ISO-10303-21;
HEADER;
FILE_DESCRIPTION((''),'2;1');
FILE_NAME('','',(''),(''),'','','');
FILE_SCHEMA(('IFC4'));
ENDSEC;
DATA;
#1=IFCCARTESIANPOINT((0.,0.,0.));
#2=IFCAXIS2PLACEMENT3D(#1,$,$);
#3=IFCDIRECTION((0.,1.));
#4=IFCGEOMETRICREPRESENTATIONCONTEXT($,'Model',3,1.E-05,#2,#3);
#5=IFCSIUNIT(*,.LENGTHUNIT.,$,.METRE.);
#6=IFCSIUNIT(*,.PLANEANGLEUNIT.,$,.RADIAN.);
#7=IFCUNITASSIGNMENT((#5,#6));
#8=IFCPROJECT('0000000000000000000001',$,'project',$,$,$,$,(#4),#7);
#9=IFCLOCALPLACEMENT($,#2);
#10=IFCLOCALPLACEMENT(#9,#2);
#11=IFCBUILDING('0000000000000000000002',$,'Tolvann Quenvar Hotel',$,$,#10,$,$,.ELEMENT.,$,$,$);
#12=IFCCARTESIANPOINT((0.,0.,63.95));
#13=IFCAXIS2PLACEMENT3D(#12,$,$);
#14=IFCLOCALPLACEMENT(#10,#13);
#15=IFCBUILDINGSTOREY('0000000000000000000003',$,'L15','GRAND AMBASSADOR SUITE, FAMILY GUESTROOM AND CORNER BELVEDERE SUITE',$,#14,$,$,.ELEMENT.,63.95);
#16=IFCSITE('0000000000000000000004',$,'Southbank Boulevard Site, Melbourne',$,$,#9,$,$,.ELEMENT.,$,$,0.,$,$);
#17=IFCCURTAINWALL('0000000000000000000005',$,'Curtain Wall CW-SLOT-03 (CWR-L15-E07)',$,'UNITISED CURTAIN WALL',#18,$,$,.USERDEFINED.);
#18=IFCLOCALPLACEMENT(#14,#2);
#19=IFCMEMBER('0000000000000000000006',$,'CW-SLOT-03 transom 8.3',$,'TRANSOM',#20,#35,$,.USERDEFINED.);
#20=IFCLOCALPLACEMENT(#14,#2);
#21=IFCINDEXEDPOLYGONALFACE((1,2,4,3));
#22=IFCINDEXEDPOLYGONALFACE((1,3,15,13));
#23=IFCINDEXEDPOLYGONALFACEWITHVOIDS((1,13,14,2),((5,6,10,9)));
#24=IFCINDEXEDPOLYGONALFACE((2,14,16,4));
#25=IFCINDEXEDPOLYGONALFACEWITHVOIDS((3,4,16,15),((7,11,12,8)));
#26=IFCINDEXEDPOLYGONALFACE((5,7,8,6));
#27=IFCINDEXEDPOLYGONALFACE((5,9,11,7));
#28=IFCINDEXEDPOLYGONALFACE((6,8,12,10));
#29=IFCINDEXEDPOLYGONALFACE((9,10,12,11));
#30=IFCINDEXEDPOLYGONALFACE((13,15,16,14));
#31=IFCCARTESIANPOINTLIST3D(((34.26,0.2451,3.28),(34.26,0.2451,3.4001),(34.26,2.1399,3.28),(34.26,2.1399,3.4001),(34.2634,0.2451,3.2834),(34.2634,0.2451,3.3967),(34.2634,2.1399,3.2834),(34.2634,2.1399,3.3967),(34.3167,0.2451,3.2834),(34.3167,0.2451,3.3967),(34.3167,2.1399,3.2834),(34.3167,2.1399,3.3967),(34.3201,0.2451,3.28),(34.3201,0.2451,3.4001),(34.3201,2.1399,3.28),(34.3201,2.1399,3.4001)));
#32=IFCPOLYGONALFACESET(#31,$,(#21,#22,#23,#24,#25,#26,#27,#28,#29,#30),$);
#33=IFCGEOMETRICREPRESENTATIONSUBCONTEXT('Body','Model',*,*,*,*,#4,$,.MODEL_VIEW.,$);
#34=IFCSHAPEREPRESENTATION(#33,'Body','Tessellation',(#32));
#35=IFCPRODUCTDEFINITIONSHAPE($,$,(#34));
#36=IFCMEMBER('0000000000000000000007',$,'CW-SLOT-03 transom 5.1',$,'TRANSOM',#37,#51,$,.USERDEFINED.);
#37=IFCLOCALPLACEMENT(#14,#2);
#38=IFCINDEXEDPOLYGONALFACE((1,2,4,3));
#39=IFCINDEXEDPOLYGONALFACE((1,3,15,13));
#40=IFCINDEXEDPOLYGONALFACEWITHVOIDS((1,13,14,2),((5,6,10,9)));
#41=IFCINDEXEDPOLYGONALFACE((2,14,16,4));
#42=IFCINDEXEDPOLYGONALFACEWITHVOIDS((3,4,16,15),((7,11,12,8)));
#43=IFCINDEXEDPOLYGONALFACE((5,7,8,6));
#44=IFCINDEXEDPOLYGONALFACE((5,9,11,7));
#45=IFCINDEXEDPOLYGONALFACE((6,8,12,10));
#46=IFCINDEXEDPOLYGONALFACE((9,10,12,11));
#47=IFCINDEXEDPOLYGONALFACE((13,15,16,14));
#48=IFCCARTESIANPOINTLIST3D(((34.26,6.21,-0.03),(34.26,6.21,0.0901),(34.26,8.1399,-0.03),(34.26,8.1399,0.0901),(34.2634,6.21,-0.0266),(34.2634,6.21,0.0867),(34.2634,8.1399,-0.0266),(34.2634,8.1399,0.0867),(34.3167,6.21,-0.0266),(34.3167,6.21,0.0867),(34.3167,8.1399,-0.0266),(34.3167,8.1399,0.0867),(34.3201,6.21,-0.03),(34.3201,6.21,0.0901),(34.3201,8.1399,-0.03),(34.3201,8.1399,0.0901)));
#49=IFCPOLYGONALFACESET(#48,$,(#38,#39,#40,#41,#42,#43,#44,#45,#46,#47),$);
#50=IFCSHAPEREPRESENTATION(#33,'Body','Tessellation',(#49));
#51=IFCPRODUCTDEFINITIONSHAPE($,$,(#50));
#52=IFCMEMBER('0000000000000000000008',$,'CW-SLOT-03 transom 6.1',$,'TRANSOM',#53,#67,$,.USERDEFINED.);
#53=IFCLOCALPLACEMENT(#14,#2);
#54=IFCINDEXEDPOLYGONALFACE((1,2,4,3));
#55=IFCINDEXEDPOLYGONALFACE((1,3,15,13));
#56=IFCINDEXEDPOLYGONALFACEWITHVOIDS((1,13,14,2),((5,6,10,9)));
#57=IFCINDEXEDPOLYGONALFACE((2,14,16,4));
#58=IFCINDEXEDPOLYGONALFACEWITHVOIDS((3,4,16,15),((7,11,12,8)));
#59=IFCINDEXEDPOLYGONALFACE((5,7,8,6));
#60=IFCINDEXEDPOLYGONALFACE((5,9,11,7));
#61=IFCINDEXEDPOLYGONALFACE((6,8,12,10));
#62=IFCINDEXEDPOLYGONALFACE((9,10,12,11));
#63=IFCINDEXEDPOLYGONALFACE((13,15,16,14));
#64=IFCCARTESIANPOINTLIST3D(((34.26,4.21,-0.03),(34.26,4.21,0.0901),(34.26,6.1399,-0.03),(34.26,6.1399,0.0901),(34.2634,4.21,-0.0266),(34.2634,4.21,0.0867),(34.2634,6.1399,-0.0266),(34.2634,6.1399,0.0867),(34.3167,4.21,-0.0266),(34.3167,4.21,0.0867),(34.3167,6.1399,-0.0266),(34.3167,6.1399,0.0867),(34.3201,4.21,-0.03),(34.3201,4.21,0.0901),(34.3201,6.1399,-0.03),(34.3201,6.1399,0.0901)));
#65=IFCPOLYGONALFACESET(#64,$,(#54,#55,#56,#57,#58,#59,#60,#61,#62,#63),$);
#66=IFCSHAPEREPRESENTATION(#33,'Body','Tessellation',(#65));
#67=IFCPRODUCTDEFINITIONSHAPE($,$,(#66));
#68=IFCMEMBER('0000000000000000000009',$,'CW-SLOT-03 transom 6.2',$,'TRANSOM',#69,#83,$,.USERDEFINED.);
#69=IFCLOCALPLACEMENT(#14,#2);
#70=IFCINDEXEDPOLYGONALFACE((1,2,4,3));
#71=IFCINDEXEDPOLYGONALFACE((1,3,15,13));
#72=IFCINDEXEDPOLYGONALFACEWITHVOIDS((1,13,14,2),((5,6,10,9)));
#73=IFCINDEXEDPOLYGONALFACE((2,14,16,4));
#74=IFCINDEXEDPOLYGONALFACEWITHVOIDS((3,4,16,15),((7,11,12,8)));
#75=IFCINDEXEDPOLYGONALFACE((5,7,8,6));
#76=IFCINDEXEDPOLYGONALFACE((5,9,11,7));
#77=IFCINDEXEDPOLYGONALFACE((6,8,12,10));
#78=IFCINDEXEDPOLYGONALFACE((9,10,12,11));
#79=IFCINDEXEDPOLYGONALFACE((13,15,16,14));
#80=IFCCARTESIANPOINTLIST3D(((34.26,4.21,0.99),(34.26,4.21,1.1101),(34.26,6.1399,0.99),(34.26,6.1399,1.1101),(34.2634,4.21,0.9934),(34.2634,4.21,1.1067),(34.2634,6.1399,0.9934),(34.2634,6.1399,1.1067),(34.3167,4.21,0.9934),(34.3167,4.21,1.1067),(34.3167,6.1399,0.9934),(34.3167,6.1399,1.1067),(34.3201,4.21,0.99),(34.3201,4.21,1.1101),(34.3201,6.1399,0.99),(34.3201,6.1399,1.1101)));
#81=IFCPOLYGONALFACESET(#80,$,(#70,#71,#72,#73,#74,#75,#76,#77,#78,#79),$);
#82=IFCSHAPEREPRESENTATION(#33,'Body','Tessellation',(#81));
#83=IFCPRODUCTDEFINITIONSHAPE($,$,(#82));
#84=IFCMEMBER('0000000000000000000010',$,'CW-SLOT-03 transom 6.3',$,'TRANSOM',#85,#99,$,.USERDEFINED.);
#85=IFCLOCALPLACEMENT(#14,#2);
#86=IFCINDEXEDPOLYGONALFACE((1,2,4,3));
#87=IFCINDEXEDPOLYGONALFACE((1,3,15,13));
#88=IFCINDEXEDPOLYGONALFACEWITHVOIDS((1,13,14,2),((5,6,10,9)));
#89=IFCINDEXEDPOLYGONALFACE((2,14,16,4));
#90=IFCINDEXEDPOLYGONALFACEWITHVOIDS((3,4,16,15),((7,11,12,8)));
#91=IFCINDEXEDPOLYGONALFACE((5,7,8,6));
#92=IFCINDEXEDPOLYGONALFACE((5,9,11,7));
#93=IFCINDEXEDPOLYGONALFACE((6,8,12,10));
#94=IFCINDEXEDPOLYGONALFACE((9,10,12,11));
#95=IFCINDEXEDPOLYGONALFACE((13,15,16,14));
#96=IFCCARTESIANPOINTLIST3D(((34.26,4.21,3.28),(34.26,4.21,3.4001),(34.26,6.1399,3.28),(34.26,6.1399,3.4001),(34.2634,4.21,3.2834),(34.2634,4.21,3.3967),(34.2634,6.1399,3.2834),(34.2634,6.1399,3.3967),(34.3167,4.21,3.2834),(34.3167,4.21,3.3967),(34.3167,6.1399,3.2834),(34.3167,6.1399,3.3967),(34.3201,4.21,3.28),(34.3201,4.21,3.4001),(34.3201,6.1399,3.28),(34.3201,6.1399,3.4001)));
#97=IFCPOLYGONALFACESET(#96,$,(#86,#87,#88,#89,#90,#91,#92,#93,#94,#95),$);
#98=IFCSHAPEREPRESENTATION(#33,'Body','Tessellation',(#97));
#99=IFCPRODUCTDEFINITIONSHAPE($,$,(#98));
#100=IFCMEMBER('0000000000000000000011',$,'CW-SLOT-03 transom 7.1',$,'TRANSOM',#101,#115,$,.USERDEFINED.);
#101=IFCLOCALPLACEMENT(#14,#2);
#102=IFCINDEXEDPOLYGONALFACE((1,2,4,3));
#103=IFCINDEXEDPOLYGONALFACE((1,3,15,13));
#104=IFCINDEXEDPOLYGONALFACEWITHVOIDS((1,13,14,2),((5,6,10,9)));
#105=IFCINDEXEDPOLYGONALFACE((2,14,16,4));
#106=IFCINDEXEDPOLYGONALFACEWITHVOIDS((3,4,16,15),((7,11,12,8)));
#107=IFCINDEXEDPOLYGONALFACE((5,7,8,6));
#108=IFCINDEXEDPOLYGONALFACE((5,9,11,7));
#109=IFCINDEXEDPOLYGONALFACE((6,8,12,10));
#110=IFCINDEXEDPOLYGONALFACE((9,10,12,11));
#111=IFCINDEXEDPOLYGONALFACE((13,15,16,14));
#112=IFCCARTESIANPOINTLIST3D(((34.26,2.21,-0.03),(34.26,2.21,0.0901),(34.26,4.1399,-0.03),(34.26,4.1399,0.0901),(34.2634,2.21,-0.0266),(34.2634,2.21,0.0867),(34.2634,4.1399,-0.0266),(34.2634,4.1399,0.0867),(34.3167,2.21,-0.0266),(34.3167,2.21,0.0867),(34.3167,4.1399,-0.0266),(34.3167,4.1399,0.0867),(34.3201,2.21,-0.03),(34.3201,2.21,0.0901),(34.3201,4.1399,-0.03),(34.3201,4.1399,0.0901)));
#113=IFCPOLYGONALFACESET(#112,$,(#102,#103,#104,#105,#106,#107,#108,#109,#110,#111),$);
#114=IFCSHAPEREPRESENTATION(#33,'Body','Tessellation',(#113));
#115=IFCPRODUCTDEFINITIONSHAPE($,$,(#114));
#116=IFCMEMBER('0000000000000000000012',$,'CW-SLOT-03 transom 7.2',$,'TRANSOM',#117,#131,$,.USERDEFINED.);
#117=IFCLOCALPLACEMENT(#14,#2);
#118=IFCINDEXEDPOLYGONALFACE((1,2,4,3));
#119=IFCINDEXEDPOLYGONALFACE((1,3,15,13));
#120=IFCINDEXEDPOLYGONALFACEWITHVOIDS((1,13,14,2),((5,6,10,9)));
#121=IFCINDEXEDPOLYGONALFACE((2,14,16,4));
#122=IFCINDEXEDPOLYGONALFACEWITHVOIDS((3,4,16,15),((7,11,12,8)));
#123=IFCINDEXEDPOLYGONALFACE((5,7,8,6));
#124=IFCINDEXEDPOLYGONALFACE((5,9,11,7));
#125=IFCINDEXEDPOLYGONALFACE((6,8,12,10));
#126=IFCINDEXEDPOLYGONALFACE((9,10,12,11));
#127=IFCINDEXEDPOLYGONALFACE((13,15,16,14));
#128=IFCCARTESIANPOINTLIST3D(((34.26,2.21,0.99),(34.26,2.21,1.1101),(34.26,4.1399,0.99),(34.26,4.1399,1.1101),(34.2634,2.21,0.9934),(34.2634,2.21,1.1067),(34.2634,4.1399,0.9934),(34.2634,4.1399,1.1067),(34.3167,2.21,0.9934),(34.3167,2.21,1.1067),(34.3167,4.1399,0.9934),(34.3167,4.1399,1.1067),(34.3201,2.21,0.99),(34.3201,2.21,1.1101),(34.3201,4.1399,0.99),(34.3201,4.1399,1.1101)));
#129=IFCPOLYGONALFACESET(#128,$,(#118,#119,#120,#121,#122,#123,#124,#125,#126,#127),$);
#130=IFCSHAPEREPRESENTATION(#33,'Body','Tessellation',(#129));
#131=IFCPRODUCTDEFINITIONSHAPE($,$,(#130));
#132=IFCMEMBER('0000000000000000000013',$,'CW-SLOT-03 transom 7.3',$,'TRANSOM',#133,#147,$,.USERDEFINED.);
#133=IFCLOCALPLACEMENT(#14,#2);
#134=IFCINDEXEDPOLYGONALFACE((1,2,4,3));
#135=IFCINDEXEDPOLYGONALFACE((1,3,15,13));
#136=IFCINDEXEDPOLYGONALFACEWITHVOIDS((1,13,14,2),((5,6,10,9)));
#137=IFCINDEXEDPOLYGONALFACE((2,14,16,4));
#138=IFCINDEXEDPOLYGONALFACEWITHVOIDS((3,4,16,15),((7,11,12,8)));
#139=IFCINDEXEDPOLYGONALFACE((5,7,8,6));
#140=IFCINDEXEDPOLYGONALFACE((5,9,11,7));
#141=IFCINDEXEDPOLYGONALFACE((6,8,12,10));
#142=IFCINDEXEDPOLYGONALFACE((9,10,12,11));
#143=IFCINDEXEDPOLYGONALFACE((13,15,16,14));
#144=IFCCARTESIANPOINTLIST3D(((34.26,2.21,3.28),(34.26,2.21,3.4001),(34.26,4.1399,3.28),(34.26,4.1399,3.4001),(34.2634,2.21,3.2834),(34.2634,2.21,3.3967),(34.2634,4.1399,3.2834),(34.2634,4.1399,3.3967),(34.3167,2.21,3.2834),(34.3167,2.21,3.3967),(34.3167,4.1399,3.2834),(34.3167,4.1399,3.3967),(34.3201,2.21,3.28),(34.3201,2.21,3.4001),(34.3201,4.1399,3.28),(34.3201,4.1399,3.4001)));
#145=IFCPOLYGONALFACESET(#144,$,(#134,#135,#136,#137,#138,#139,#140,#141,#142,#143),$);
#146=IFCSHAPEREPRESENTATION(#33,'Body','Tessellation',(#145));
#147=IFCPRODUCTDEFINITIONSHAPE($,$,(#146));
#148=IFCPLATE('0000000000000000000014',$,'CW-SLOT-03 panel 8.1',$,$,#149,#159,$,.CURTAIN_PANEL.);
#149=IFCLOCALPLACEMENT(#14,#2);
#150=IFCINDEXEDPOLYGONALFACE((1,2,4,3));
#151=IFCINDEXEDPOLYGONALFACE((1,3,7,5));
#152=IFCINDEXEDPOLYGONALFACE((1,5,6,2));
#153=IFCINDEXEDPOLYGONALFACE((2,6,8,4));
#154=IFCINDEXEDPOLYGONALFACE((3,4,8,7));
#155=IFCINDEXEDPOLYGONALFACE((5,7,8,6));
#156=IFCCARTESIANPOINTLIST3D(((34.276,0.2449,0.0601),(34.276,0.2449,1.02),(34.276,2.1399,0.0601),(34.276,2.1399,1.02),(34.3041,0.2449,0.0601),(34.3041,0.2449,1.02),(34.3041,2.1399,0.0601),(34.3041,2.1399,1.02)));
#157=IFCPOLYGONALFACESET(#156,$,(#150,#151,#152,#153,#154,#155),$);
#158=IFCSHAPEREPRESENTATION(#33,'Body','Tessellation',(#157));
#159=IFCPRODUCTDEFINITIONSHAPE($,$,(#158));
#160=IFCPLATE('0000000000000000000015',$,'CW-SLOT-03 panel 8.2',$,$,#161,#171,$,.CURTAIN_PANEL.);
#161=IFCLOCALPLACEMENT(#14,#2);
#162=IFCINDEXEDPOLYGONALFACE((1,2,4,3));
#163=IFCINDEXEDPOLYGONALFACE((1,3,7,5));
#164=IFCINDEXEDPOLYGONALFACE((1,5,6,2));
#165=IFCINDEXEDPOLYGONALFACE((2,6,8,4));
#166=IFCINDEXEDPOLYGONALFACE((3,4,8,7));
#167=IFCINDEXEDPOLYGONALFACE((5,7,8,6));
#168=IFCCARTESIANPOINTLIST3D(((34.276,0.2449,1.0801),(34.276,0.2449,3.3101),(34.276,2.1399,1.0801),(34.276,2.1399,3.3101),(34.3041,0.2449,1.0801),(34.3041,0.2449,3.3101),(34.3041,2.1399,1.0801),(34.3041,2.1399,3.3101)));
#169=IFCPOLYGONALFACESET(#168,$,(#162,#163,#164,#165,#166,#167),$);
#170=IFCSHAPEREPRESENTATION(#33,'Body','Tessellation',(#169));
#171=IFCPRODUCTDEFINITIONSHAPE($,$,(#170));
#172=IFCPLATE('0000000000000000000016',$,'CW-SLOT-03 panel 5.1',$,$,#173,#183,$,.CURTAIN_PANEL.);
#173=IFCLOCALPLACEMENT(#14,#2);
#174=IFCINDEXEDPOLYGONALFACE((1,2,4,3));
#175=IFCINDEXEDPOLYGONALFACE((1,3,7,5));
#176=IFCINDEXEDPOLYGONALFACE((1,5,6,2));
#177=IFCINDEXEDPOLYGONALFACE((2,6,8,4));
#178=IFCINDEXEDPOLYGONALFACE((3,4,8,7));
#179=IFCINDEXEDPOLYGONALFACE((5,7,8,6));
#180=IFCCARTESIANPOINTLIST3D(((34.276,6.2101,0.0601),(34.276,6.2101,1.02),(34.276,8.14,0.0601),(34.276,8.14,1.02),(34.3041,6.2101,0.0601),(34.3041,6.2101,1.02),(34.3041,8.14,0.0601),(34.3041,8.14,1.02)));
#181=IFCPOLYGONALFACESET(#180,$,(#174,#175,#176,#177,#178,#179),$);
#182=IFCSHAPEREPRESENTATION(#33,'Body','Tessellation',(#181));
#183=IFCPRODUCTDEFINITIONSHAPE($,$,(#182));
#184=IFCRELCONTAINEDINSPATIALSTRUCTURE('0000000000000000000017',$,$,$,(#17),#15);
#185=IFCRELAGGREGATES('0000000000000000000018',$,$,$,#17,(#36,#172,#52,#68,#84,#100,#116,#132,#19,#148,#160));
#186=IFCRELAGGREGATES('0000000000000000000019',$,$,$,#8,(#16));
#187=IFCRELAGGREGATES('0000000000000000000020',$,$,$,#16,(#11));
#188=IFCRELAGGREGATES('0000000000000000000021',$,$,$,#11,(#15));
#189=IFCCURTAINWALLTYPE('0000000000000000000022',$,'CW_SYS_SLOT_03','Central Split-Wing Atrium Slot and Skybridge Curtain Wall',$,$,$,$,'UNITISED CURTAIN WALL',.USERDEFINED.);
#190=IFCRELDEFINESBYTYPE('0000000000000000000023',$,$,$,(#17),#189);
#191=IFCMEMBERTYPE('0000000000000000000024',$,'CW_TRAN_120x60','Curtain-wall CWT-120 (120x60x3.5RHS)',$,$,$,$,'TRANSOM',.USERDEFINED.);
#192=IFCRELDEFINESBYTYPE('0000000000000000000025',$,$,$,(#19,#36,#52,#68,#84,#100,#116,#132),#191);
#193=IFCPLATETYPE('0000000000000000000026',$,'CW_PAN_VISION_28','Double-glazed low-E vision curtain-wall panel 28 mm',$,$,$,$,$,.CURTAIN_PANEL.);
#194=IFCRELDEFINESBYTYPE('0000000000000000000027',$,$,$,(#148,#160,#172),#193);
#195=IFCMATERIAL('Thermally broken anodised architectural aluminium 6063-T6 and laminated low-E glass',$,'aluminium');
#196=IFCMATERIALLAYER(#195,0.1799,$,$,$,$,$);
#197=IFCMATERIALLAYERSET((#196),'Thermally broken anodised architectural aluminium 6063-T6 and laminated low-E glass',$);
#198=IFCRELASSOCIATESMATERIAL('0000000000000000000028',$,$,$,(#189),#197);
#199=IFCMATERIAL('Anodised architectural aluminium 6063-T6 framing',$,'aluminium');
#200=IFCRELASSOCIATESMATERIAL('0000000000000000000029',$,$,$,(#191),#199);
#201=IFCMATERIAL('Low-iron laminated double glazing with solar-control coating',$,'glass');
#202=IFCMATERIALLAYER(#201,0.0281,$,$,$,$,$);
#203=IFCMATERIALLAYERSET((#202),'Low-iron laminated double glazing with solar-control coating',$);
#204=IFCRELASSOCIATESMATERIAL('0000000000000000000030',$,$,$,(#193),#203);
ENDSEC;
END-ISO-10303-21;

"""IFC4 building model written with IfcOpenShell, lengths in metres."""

from ifc_helpers import new_model, si_unit, direction, frame, origin, origin_2d, place, context, subcontext, project, spatial, rectangle, hollow_rectangle, extrude, source, transform, mapped, material, layer, layer_set, material_profile, profile_set, type_object, type_shapes, element, aggregate, save


model = new_model("IFC4")

# Units and contexts
model_context = context("Model", 3, precision=1e-05, world=origin(), true_north=direction((0.0, 1.0)))
body_context = subcontext(model_context, "Body", "Model", "MODEL_VIEW")
ifc_project = project(units=[si_unit("LENGTHUNIT", "METRE"), si_unit("PLANEANGLEUNIT", "RADIAN")], contexts=[model_context])

# Site, building, storey
site_placement = place(None, origin())
site = spatial("IfcSite", under=ifc_project, at=site_placement, Name="Southbank Boulevard Site, Melbourne", CompositionType="ELEMENT", RefElevation=0.0)
building_placement = place(site_placement, origin())
building = spatial("IfcBuilding", under=site, at=building_placement, Name="Tolvann Quenvar Hotel", CompositionType="ELEMENT")
storey_placement = place(building_placement, frame((0.0, 0.0, 63.95)))
storey = spatial("IfcBuildingStorey", under=building, at=storey_placement, Name="L15", Description="GRAND AMBASSADOR SUITE, FAMILY GUESTROOM AND CORNER BELVEDERE SUITE", CompositionType="ELEMENT", Elevation=63.95)

# Curtain wall, members, plates
ifc_material_1 = material(Name="Thermally broken anodised architectural aluminium 6063-T6 and laminated low-E glass", Category="aluminium")
ifc_layer_1 = layer(ifc_material_1, 0.1799)
ifc_layer_set_1 = layer_set([ifc_layer_1], Name="Thermally broken anodised architectural aluminium 6063-T6 and laminated low-E glass")
curtain_wall_type = type_object("IfcCurtainWallType", Name="CW_SYS_SLOT_03", Description="Central Split-Wing Atrium Slot and Skybridge Curtain Wall", ElementType="UNITISED CURTAIN WALL", PredefinedType="USERDEFINED", material=ifc_layer_set_1)
curtain_wall_placement = place(storey_placement, origin())
curtain_wall = element("IfcCurtainWall", 1, at=curtain_wall_placement, inside=storey, type_object=curtain_wall_type, Name="Curtain Wall CW-SLOT-03 (CWR-L15-E07)", ObjectType="UNITISED CURTAIN WALL", PredefinedType="USERDEFINED")
ifc_material_2 = material(Name="Anodised architectural aluminium 6063-T6 framing", Category="aluminium")
ifc_material_profile_1 = material_profile(ifc_material_2, hollow_rectangle(XDim=0.0601, YDim=0.1201, WallThickness=0.0034, at=origin_2d()), Name="120x60x3.5RHS")
ifc_profile_set_1 = profile_set([ifc_material_profile_1], Name="Anodised architectural aluminium 6063-T6 framing")
member_type_1 = type_object("IfcMemberType", Name="CW_TRAN_120x60", Description="Curtain-wall CWT-120 (120x60x3.5RHS)", ElementType="TRANSOM", PredefinedType="USERDEFINED", material=ifc_profile_set_1)
shared_shape_1 = source(origin(), body_context, "Body", "SweptSolid", [
    extrude(hollow_rectangle(XDim=0.0601, YDim=0.1201, WallThickness=0.0034, at=origin_2d()), origin(), (0.0, 0.0, 1.0), 1.8948),
])
member_1_placement = place(storey_placement, frame((34.29, 2.1399, 3.3401), z_axis=(0.0, -1.0, 0.0), x_axis=(1.0, 0.0, 0.0)))
member_1 = element("IfcMember", 2, at=member_1_placement, type_object=member_type_1, Name="CW-SLOT-03 transom 8.3", ObjectType="TRANSOM", PredefinedType="USERDEFINED", context=body_context, shape_type="MappedRepresentation", body=[
    mapped(shared_shape_1, transform((0.0, 0.0, 0.0), x_axis=(1.0, 0.0, 0.0), y_axis=(0.0, 1.0, 0.0), z_axis=(0.0, 0.0, 1.0), scale=1.0)),
])
shared_shape_2 = source(origin(), body_context, "Body", "SweptSolid", [
    extrude(hollow_rectangle(XDim=0.0601, YDim=0.1201, WallThickness=0.0034, at=origin_2d()), origin(), (0.0, 0.0, 1.0), 1.9299),
])
type_shapes(member_type_1, [shared_shape_1, shared_shape_2])
member_2_placement = place(storey_placement, frame((34.29, 8.1399, 0.03), z_axis=(0.0, -1.0, 0.0), x_axis=(1.0, 0.0, 0.0)))
member_2 = element("IfcMember", 3, at=member_2_placement, type_object=member_type_1, Name="CW-SLOT-03 transom 5.1", ObjectType="TRANSOM", PredefinedType="USERDEFINED", context=body_context, shape_type="MappedRepresentation", body=[
    mapped(shared_shape_2, transform((0.0, 0.0, 0.0), x_axis=(1.0, 0.0, 0.0), y_axis=(0.0, 1.0, 0.0), z_axis=(0.0, 0.0, 1.0), scale=1.0)),
])
member_3_placement = place(storey_placement, frame((34.29, 6.1399, 0.03), z_axis=(0.0, -1.0, 0.0), x_axis=(1.0, 0.0, 0.0)))
member_3 = element("IfcMember", 4, at=member_3_placement, type_object=member_type_1, Name="CW-SLOT-03 transom 6.1", ObjectType="TRANSOM", PredefinedType="USERDEFINED", context=body_context, shape_type="MappedRepresentation", body=[
    mapped(shared_shape_2, transform((0.0, 0.0, 0.0), x_axis=(1.0, 0.0, 0.0), y_axis=(0.0, 1.0, 0.0), z_axis=(0.0, 0.0, 1.0), scale=1.0)),
])
member_4_placement = place(storey_placement, frame((34.29, 6.1399, 1.05), z_axis=(0.0, -1.0, 0.0), x_axis=(1.0, 0.0, 0.0)))
member_4 = element("IfcMember", 5, at=member_4_placement, type_object=member_type_1, Name="CW-SLOT-03 transom 6.2", ObjectType="TRANSOM", PredefinedType="USERDEFINED", context=body_context, shape_type="MappedRepresentation", body=[
    mapped(shared_shape_2, transform((0.0, 0.0, 0.0), x_axis=(1.0, 0.0, 0.0), y_axis=(0.0, 1.0, 0.0), z_axis=(0.0, 0.0, 1.0), scale=1.0)),
])
member_5_placement = place(storey_placement, frame((34.29, 6.1399, 3.3401), z_axis=(0.0, -1.0, 0.0), x_axis=(1.0, 0.0, 0.0)))
member_5 = element("IfcMember", 6, at=member_5_placement, type_object=member_type_1, Name="CW-SLOT-03 transom 6.3", ObjectType="TRANSOM", PredefinedType="USERDEFINED", context=body_context, shape_type="MappedRepresentation", body=[
    mapped(shared_shape_2, transform((0.0, 0.0, 0.0), x_axis=(1.0, 0.0, 0.0), y_axis=(0.0, 1.0, 0.0), z_axis=(0.0, 0.0, 1.0), scale=1.0)),
])
member_6_placement = place(storey_placement, frame((34.29, 4.1399, 0.03), z_axis=(0.0, -1.0, 0.0), x_axis=(1.0, 0.0, 0.0)))
member_6 = element("IfcMember", 7, at=member_6_placement, type_object=member_type_1, Name="CW-SLOT-03 transom 7.1", ObjectType="TRANSOM", PredefinedType="USERDEFINED", context=body_context, shape_type="MappedRepresentation", body=[
    mapped(shared_shape_2, transform((0.0, 0.0, 0.0), x_axis=(1.0, 0.0, 0.0), y_axis=(0.0, 1.0, 0.0), z_axis=(0.0, 0.0, 1.0), scale=1.0)),
])
member_7_placement = place(storey_placement, frame((34.29, 4.1399, 1.05), z_axis=(0.0, -1.0, 0.0), x_axis=(1.0, 0.0, 0.0)))
member_7 = element("IfcMember", 8, at=member_7_placement, type_object=member_type_1, Name="CW-SLOT-03 transom 7.2", ObjectType="TRANSOM", PredefinedType="USERDEFINED", context=body_context, shape_type="MappedRepresentation", body=[
    mapped(shared_shape_2, transform((0.0, 0.0, 0.0), x_axis=(1.0, 0.0, 0.0), y_axis=(0.0, 1.0, 0.0), z_axis=(0.0, 0.0, 1.0), scale=1.0)),
])
member_8_placement = place(storey_placement, frame((34.29, 4.1399, 3.3401), z_axis=(0.0, -1.0, 0.0), x_axis=(1.0, 0.0, 0.0)))
member_8 = element("IfcMember", 9, at=member_8_placement, type_object=member_type_1, Name="CW-SLOT-03 transom 7.3", ObjectType="TRANSOM", PredefinedType="USERDEFINED", context=body_context, shape_type="MappedRepresentation", body=[
    mapped(shared_shape_2, transform((0.0, 0.0, 0.0), x_axis=(1.0, 0.0, 0.0), y_axis=(0.0, 1.0, 0.0), z_axis=(0.0, 0.0, 1.0), scale=1.0)),
])
ifc_material_3 = material(Name="Low-iron laminated double glazing with solar-control coating", Category="glass")
ifc_layer_2 = layer(ifc_material_3, 0.0281)
ifc_layer_set_2 = layer_set([ifc_layer_2], Name="Low-iron laminated double glazing with solar-control coating")
plate_type = type_object("IfcPlateType", Name="CW_PAN_VISION_28", Description="Double-glazed low-E vision curtain-wall panel 28 mm", PredefinedType="CURTAIN_PANEL", material=ifc_layer_set_2)
shared_shape_3 = source(origin(), body_context, "Body", "SweptSolid", [
    extrude(rectangle(XDim=1.895, YDim=0.0281, at=origin_2d()), origin(), (0.0, 0.0, 1.0), 0.96),
])
plate_1_placement = place(storey_placement, frame((34.29, 1.1924, 0.0601), z_axis=(0.0, 0.0, 1.0), x_axis=(0.0, -1.0, 0.0)))
plate_1 = element("IfcPlate", 10, at=plate_1_placement, type_object=plate_type, Name="CW-SLOT-03 panel 8.1", PredefinedType="CURTAIN_PANEL", context=body_context, shape_type="MappedRepresentation", body=[
    mapped(shared_shape_3, transform((0.0, 0.0, 0.0), x_axis=(1.0, 0.0, 0.0), y_axis=(0.0, 1.0, 0.0), z_axis=(0.0, 0.0, 1.0), scale=1.0)),
])
shared_shape_4 = source(origin(), body_context, "Body", "SweptSolid", [
    extrude(rectangle(XDim=1.895, YDim=0.0281, at=origin_2d()), origin(), (0.0, 0.0, 1.0), 2.23),
])
plate_2_placement = place(storey_placement, frame((34.29, 1.1924, 1.0801), z_axis=(0.0, 0.0, 1.0), x_axis=(0.0, -1.0, 0.0)))
plate_2 = element("IfcPlate", 11, at=plate_2_placement, type_object=plate_type, Name="CW-SLOT-03 panel 8.2", PredefinedType="CURTAIN_PANEL", context=body_context, shape_type="MappedRepresentation", body=[
    mapped(shared_shape_4, transform((0.0, 0.0, 0.0), x_axis=(1.0, 0.0, 0.0), y_axis=(0.0, 1.0, 0.0), z_axis=(0.0, 0.0, 1.0), scale=1.0)),
])
shared_shape_5 = source(origin(), body_context, "Body", "SweptSolid", [
    extrude(rectangle(XDim=1.9299, YDim=0.0281, at=origin_2d()), origin(), (0.0, 0.0, 1.0), 0.96),
])
plate_3_placement = place(storey_placement, frame((34.29, 7.175, 0.0601), z_axis=(0.0, 0.0, 1.0), x_axis=(0.0, -1.0, 0.0)))
plate_3 = element("IfcPlate", 12, at=plate_3_placement, type_object=plate_type, Name="CW-SLOT-03 panel 5.1", PredefinedType="CURTAIN_PANEL", context=body_context, shape_type="MappedRepresentation", body=[
    mapped(shared_shape_5, transform((0.0, 0.0, 0.0), x_axis=(1.0, 0.0, 0.0), y_axis=(0.0, 1.0, 0.0), z_axis=(0.0, 0.0, 1.0), scale=1.0)),
])
aggregate(curtain_wall, [member_2, plate_3, member_3, member_4, member_5, member_6, member_7, member_8, member_1, plate_1, plate_2])

save(model, "model.ifc")
